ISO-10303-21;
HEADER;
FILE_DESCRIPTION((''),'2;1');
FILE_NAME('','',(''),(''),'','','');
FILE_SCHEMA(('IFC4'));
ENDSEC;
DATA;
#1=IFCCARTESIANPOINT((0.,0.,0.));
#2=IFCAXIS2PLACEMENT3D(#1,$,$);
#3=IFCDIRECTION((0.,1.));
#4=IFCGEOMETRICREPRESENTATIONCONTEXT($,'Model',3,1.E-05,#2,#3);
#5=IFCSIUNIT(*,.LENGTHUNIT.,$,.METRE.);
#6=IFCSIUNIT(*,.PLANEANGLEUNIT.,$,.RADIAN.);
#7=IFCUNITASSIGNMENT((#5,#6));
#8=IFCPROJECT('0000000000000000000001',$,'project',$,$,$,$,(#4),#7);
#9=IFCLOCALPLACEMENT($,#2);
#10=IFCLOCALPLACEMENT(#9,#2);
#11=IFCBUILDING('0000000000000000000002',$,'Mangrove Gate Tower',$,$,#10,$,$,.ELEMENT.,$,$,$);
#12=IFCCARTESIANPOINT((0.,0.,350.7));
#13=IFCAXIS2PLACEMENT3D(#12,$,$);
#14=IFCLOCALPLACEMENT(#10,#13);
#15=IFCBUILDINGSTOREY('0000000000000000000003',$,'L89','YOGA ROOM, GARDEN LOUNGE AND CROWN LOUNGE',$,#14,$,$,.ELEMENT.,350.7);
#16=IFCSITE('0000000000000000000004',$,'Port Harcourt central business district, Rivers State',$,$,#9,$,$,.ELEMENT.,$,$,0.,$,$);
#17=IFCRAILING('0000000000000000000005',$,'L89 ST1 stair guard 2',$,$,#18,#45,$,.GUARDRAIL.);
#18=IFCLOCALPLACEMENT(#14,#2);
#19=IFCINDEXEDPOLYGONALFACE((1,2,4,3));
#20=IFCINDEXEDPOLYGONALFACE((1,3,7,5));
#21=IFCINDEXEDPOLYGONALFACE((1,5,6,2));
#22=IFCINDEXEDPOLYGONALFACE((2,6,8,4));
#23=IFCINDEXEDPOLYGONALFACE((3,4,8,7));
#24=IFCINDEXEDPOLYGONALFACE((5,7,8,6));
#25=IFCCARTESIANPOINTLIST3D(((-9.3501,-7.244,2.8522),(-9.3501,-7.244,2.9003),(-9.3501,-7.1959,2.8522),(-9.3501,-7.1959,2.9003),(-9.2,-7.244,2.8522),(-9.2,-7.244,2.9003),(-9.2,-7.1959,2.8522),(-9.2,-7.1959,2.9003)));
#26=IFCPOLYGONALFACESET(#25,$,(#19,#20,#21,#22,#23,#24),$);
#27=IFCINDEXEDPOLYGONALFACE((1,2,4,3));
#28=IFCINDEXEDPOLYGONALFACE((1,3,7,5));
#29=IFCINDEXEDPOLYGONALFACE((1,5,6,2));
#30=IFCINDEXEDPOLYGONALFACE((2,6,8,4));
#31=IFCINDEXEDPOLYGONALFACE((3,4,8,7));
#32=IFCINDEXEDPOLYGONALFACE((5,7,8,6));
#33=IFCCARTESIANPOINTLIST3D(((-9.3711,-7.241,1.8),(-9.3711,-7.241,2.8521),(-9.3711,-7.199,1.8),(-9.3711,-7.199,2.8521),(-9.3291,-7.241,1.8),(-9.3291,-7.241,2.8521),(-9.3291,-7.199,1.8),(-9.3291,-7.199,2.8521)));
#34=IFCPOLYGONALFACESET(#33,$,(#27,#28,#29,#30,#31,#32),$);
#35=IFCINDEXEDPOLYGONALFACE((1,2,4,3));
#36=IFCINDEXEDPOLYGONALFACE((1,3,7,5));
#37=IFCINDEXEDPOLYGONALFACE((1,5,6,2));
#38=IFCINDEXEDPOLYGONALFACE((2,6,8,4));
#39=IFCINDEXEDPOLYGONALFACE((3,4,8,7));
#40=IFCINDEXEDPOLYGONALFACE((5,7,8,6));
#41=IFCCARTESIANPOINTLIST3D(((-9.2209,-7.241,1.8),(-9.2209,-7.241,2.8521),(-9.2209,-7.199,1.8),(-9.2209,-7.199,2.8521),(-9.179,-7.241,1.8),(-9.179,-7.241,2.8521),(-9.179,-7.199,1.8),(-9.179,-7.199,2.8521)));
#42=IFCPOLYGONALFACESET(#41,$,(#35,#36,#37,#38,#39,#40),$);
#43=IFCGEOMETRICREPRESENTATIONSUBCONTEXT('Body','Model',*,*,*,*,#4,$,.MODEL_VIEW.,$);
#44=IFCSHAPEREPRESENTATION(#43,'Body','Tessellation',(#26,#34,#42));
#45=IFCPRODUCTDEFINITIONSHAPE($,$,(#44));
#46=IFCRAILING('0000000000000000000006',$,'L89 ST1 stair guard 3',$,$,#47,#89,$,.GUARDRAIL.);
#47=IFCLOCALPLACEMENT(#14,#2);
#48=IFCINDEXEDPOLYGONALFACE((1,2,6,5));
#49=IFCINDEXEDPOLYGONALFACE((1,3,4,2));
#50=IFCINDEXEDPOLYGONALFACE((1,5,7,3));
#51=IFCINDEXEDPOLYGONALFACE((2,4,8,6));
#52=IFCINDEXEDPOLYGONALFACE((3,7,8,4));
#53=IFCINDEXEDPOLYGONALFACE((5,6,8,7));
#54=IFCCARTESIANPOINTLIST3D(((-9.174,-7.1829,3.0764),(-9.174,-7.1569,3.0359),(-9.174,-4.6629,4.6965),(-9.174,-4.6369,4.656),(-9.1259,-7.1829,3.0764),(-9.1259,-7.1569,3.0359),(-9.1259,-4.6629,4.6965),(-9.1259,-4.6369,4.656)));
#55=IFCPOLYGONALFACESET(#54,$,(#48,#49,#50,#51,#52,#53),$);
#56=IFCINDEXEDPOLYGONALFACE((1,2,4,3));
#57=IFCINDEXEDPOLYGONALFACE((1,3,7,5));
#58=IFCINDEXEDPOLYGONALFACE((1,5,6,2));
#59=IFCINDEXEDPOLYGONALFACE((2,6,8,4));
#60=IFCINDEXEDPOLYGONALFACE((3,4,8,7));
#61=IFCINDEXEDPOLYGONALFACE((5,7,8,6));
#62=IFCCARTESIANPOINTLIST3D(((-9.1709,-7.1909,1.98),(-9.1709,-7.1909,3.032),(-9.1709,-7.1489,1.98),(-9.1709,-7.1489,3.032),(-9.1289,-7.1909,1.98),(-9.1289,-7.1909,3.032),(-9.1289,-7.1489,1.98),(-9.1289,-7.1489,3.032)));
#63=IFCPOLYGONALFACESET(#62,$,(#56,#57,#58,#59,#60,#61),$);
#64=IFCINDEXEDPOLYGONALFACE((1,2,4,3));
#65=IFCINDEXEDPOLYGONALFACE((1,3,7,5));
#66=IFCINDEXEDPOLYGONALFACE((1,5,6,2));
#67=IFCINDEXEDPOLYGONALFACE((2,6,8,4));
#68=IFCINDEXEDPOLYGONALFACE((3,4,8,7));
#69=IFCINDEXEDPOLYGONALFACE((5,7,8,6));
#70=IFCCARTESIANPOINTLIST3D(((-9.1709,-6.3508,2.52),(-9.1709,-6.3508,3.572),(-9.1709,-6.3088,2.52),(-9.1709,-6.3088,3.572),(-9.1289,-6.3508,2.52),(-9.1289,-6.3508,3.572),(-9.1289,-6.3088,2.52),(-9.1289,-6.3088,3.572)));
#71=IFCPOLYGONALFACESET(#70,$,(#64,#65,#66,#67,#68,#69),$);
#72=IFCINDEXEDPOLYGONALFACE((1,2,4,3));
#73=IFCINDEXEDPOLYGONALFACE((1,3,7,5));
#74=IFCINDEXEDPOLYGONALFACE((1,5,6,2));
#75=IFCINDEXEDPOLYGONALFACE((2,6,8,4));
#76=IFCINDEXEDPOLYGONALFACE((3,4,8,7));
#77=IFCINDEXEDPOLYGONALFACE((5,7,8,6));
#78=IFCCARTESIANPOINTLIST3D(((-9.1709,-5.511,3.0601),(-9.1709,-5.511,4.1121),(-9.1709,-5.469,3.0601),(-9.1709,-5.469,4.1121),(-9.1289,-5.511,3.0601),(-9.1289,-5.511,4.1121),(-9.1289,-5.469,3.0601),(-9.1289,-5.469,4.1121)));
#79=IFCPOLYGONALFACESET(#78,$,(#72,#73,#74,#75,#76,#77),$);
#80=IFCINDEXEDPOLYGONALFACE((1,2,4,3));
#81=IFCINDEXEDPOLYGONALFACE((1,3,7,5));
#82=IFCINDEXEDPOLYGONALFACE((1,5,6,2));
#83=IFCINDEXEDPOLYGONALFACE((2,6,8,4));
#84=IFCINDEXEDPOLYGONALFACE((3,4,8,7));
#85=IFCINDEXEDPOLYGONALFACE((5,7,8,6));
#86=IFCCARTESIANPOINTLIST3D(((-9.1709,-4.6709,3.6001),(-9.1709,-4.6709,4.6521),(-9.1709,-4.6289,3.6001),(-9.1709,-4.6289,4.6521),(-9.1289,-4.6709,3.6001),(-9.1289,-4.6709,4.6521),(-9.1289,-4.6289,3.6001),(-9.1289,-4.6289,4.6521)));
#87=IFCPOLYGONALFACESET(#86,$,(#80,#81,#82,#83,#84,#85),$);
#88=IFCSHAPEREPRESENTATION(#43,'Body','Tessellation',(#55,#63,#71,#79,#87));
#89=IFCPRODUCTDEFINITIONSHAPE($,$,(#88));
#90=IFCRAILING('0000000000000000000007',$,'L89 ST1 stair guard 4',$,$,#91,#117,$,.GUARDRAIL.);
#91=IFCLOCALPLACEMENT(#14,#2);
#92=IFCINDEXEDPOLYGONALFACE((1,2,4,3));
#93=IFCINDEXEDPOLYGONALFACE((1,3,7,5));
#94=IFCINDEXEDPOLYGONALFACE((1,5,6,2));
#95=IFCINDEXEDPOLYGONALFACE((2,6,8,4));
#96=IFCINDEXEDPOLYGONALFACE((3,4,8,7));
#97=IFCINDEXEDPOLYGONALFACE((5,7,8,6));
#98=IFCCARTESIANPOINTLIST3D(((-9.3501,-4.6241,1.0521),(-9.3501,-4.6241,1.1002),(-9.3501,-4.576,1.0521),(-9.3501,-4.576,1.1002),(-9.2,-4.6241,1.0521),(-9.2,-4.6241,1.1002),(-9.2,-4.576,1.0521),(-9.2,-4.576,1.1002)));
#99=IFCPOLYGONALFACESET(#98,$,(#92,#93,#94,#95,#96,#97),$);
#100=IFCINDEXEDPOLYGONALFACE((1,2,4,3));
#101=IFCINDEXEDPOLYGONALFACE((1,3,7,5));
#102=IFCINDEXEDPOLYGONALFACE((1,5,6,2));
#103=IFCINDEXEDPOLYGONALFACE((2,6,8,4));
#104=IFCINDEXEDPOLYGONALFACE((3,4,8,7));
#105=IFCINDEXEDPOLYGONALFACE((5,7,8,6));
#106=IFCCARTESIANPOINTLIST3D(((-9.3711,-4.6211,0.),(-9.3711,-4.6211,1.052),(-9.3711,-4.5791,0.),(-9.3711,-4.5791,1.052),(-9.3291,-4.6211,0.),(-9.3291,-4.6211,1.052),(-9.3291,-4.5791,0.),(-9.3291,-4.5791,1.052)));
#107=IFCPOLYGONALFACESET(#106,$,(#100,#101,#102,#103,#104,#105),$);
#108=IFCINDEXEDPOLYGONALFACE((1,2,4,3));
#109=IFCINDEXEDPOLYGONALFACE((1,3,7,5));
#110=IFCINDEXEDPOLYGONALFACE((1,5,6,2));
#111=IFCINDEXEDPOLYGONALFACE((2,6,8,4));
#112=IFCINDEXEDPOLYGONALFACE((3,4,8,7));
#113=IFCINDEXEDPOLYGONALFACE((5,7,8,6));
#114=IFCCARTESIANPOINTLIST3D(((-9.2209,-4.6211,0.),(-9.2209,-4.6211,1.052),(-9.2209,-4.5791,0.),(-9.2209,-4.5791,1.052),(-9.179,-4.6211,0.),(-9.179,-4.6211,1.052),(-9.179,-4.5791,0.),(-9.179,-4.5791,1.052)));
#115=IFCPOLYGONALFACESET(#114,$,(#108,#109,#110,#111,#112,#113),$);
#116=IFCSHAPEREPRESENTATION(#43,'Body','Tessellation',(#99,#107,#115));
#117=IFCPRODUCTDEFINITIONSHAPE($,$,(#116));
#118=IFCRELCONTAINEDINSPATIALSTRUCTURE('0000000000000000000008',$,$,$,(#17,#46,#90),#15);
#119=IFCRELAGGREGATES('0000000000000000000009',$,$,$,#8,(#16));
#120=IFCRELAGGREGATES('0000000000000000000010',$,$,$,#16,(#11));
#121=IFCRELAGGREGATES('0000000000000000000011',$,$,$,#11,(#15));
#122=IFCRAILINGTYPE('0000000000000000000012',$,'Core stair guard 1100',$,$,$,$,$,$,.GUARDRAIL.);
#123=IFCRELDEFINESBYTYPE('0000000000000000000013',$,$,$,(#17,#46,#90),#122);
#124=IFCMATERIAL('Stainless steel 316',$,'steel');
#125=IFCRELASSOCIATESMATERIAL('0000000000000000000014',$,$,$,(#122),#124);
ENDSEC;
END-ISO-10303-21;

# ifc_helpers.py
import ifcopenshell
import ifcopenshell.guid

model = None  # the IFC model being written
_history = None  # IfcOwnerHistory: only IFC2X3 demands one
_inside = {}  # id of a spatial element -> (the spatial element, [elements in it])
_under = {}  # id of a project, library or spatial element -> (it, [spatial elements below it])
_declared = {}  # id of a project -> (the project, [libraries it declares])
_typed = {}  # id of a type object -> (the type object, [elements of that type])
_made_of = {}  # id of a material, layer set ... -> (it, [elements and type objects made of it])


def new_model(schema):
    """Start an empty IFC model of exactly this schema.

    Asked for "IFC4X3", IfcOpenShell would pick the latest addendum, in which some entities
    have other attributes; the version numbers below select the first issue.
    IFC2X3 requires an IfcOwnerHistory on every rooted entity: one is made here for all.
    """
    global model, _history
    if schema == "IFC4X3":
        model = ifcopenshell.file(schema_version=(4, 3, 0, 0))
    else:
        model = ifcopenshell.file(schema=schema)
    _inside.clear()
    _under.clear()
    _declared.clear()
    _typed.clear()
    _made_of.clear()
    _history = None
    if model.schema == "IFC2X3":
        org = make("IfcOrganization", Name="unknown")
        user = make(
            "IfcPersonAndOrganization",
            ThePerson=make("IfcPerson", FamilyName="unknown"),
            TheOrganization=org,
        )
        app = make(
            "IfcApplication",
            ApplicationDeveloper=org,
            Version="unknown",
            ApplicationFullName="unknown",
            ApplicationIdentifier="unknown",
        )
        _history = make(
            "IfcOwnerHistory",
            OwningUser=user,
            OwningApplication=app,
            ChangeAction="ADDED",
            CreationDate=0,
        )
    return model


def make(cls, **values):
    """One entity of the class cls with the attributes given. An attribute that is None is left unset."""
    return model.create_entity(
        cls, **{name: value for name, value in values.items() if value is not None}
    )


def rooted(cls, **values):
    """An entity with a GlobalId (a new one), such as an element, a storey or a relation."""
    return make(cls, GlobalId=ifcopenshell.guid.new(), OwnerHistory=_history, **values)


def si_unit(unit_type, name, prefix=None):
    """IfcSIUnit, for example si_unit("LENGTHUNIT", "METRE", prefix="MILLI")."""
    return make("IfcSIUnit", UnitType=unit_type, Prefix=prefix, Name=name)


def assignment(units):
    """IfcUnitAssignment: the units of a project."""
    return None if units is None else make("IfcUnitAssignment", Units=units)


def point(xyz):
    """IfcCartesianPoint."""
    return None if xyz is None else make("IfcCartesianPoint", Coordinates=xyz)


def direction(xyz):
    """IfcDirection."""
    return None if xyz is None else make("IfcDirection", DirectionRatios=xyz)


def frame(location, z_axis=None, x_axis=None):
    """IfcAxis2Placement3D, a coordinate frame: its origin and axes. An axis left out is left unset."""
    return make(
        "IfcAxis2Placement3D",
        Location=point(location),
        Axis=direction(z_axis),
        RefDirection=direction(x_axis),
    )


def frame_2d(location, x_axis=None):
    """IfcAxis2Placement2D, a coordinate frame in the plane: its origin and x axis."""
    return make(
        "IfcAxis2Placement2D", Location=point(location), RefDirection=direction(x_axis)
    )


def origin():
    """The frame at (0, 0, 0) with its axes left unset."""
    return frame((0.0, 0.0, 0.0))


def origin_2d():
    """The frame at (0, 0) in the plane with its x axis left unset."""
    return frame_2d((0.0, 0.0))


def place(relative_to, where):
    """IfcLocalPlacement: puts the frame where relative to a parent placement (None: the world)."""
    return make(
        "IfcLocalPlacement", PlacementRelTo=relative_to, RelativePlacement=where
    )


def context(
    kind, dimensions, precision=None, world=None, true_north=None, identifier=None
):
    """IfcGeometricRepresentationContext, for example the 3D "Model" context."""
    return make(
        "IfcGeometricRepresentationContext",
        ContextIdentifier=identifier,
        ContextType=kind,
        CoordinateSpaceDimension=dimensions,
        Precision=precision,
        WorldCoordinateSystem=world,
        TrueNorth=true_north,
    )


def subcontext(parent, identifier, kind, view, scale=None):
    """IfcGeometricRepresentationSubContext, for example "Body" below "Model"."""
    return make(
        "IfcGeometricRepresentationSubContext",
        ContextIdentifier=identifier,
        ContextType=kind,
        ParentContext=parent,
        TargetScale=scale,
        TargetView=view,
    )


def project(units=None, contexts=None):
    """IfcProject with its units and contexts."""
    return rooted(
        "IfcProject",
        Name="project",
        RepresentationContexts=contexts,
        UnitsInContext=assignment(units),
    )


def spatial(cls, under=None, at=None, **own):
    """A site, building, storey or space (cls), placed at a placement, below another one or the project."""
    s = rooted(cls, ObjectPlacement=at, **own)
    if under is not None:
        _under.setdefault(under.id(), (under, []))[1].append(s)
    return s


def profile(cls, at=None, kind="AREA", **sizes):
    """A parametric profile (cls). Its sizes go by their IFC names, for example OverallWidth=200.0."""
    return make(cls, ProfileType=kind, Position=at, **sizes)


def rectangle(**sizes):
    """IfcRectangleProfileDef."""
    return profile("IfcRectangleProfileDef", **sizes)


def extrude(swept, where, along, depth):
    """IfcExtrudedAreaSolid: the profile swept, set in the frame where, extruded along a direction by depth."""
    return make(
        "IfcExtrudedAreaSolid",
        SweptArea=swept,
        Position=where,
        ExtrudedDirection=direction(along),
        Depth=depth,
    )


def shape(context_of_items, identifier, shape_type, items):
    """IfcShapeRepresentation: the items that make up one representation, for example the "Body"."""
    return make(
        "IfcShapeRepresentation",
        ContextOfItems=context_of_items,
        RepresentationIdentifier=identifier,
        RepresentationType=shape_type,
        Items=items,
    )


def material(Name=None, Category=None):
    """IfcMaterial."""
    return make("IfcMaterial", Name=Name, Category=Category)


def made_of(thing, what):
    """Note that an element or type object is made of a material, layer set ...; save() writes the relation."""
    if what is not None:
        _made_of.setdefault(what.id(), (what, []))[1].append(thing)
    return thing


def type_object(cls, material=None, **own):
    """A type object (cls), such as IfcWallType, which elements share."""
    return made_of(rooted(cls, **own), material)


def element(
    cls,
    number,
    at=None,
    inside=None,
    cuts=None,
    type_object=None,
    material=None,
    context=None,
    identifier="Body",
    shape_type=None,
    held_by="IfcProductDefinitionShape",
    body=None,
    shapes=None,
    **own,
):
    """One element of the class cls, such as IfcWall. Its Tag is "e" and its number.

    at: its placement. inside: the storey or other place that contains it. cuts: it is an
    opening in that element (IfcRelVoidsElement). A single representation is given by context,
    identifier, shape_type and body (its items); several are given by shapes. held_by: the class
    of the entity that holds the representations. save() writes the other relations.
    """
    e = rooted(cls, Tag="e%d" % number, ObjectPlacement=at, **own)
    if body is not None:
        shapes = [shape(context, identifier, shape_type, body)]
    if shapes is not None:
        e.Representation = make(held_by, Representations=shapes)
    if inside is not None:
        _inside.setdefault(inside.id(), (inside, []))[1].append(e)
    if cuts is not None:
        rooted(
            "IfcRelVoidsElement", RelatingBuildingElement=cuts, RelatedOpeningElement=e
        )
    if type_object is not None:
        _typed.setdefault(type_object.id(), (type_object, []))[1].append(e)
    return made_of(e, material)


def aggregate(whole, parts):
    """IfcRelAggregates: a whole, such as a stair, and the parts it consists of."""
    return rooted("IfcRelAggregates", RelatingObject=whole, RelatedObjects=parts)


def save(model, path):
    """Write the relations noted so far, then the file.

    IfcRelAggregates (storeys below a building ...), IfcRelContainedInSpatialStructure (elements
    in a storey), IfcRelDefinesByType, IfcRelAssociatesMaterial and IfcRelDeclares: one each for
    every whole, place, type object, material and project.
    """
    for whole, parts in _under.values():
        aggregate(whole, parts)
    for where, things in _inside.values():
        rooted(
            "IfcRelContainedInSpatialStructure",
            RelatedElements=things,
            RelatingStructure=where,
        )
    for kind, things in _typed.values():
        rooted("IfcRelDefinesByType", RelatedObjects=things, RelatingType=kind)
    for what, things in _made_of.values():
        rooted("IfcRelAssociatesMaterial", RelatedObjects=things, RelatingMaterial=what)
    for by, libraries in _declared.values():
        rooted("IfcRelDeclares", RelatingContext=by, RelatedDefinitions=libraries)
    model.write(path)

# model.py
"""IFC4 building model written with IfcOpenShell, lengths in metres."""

from ifc_helpers import new_model, si_unit, direction, frame, origin, origin_2d, place, context, subcontext, project, spatial, rectangle, extrude, material, type_object, element, save


model = new_model("IFC4")

# Units and contexts
model_context = context("Model", 3, precision=1e-05, world=origin(), true_north=direction((0.0, 1.0)))
body_context = subcontext(model_context, "Body", "Model", "MODEL_VIEW")
ifc_project = project(units=[si_unit("LENGTHUNIT", "METRE"), si_unit("PLANEANGLEUNIT", "RADIAN")], contexts=[model_context])

# Site, building, storey
site_placement = place(None, origin())
site = spatial("IfcSite", under=ifc_project, at=site_placement, Name="Port Harcourt central business district, Rivers State", CompositionType="ELEMENT", RefElevation=0.0)
building_placement = place(site_placement, origin())
building = spatial("IfcBuilding", under=site, at=building_placement, Name="Mangrove Gate Tower", CompositionType="ELEMENT")
storey_placement = place(building_placement, frame((0.0, 0.0, 350.7)))
storey = spatial("IfcBuildingStorey", under=building, at=storey_placement, Name="L89", Description="YOGA ROOM, GARDEN LOUNGE AND CROWN LOUNGE", CompositionType="ELEMENT", Elevation=350.7)

# Railings
ifc_material_1 = material(Name="Stainless steel 316", Category="steel")
railing_type_1 = type_object("IfcRailingType", Name="Core stair guard 1100", PredefinedType="GUARDRAIL", material=ifc_material_1)
railing_1_placement = place(storey_placement, frame((-9.3501, -7.22, 1.8)))
element("IfcRailing", 1, at=railing_1_placement, inside=storey, type_object=railing_type_1, Name="L89 ST1 stair guard 2", PredefinedType="GUARDRAIL", context=body_context, shape_type="SweptSolid", body=[
    extrude(rectangle(XDim=0.0481, YDim=0.0481, at=origin_2d()), frame((0.0, 0.0, 1.0762), z_axis=(1.0, 0.0, 0.0), x_axis=(0.0, 1.0, 0.0)), (0.0, 0.0, 1.0), 0.1501),
    extrude(rectangle(XDim=0.042, YDim=0.042, at=origin_2d()), origin(), (0.0, 0.0, 1.0), 1.052),
    extrude(rectangle(XDim=0.042, YDim=0.042, at=origin_2d()), frame((0.1501, 0.0, 0.0)), (0.0, 0.0, 1.0), 1.052),
])
railing_2_placement = place(storey_placement, frame((-9.1499, -7.1699, 1.98)))
element("IfcRailing", 2, at=railing_2_placement, inside=storey, type_object=railing_type_1, Name="L89 ST1 stair guard 3", PredefinedType="GUARDRAIL", context=body_context, shape_type="SweptSolid", body=[
    extrude(rectangle(XDim=0.0481, YDim=0.0481, at=origin_2d()), frame((0.0, 0.0, 1.0762), z_axis=(0.0, 0.841163, 0.540782), x_axis=(-1.0, 0.0, 0.0)), (0.0, 0.0, 1.0), 2.9958),
    extrude(rectangle(XDim=0.042, YDim=0.042, at=origin_2d()), origin(), (0.0, 0.0, 1.0), 1.052),
    extrude(rectangle(XDim=0.042, YDim=0.042, at=origin_2d()), frame((0.0, 0.8401, 0.54)), (0.0, 0.0, 1.0), 1.052),
    extrude(rectangle(XDim=0.042, YDim=0.042, at=origin_2d()), frame((0.0, 1.6799, 1.0801)), (0.0, 0.0, 1.0), 1.052),
    extrude(rectangle(XDim=0.042, YDim=0.042, at=origin_2d()), frame((0.0, 2.52, 1.6201)), (0.0, 0.0, 1.0), 1.052),
])
railing_3_placement = place(storey_placement, frame((-9.3501, -4.6001, 0.0)))
element("IfcRailing", 3, at=railing_3_placement, inside=storey, type_object=railing_type_1, Name="L89 ST1 stair guard 4", PredefinedType="GUARDRAIL", context=body_context, shape_type="SweptSolid", body=[
    extrude(rectangle(XDim=0.0481, YDim=0.0481, at=origin_2d()), frame((0.0, 0.0, 1.0762), z_axis=(1.0, 0.0, 0.0), x_axis=(0.0, 1.0, 0.0)), (0.0, 0.0, 1.0), 0.1501),
    extrude(rectangle(XDim=0.042, YDim=0.042, at=origin_2d()), origin(), (0.0, 0.0, 1.0), 1.052),
    extrude(rectangle(XDim=0.042, YDim=0.042, at=origin_2d()), frame((0.1501, 0.0, 0.0)), (0.0, 0.0, 1.0), 1.052),
])

save(model, "model.ifc")
